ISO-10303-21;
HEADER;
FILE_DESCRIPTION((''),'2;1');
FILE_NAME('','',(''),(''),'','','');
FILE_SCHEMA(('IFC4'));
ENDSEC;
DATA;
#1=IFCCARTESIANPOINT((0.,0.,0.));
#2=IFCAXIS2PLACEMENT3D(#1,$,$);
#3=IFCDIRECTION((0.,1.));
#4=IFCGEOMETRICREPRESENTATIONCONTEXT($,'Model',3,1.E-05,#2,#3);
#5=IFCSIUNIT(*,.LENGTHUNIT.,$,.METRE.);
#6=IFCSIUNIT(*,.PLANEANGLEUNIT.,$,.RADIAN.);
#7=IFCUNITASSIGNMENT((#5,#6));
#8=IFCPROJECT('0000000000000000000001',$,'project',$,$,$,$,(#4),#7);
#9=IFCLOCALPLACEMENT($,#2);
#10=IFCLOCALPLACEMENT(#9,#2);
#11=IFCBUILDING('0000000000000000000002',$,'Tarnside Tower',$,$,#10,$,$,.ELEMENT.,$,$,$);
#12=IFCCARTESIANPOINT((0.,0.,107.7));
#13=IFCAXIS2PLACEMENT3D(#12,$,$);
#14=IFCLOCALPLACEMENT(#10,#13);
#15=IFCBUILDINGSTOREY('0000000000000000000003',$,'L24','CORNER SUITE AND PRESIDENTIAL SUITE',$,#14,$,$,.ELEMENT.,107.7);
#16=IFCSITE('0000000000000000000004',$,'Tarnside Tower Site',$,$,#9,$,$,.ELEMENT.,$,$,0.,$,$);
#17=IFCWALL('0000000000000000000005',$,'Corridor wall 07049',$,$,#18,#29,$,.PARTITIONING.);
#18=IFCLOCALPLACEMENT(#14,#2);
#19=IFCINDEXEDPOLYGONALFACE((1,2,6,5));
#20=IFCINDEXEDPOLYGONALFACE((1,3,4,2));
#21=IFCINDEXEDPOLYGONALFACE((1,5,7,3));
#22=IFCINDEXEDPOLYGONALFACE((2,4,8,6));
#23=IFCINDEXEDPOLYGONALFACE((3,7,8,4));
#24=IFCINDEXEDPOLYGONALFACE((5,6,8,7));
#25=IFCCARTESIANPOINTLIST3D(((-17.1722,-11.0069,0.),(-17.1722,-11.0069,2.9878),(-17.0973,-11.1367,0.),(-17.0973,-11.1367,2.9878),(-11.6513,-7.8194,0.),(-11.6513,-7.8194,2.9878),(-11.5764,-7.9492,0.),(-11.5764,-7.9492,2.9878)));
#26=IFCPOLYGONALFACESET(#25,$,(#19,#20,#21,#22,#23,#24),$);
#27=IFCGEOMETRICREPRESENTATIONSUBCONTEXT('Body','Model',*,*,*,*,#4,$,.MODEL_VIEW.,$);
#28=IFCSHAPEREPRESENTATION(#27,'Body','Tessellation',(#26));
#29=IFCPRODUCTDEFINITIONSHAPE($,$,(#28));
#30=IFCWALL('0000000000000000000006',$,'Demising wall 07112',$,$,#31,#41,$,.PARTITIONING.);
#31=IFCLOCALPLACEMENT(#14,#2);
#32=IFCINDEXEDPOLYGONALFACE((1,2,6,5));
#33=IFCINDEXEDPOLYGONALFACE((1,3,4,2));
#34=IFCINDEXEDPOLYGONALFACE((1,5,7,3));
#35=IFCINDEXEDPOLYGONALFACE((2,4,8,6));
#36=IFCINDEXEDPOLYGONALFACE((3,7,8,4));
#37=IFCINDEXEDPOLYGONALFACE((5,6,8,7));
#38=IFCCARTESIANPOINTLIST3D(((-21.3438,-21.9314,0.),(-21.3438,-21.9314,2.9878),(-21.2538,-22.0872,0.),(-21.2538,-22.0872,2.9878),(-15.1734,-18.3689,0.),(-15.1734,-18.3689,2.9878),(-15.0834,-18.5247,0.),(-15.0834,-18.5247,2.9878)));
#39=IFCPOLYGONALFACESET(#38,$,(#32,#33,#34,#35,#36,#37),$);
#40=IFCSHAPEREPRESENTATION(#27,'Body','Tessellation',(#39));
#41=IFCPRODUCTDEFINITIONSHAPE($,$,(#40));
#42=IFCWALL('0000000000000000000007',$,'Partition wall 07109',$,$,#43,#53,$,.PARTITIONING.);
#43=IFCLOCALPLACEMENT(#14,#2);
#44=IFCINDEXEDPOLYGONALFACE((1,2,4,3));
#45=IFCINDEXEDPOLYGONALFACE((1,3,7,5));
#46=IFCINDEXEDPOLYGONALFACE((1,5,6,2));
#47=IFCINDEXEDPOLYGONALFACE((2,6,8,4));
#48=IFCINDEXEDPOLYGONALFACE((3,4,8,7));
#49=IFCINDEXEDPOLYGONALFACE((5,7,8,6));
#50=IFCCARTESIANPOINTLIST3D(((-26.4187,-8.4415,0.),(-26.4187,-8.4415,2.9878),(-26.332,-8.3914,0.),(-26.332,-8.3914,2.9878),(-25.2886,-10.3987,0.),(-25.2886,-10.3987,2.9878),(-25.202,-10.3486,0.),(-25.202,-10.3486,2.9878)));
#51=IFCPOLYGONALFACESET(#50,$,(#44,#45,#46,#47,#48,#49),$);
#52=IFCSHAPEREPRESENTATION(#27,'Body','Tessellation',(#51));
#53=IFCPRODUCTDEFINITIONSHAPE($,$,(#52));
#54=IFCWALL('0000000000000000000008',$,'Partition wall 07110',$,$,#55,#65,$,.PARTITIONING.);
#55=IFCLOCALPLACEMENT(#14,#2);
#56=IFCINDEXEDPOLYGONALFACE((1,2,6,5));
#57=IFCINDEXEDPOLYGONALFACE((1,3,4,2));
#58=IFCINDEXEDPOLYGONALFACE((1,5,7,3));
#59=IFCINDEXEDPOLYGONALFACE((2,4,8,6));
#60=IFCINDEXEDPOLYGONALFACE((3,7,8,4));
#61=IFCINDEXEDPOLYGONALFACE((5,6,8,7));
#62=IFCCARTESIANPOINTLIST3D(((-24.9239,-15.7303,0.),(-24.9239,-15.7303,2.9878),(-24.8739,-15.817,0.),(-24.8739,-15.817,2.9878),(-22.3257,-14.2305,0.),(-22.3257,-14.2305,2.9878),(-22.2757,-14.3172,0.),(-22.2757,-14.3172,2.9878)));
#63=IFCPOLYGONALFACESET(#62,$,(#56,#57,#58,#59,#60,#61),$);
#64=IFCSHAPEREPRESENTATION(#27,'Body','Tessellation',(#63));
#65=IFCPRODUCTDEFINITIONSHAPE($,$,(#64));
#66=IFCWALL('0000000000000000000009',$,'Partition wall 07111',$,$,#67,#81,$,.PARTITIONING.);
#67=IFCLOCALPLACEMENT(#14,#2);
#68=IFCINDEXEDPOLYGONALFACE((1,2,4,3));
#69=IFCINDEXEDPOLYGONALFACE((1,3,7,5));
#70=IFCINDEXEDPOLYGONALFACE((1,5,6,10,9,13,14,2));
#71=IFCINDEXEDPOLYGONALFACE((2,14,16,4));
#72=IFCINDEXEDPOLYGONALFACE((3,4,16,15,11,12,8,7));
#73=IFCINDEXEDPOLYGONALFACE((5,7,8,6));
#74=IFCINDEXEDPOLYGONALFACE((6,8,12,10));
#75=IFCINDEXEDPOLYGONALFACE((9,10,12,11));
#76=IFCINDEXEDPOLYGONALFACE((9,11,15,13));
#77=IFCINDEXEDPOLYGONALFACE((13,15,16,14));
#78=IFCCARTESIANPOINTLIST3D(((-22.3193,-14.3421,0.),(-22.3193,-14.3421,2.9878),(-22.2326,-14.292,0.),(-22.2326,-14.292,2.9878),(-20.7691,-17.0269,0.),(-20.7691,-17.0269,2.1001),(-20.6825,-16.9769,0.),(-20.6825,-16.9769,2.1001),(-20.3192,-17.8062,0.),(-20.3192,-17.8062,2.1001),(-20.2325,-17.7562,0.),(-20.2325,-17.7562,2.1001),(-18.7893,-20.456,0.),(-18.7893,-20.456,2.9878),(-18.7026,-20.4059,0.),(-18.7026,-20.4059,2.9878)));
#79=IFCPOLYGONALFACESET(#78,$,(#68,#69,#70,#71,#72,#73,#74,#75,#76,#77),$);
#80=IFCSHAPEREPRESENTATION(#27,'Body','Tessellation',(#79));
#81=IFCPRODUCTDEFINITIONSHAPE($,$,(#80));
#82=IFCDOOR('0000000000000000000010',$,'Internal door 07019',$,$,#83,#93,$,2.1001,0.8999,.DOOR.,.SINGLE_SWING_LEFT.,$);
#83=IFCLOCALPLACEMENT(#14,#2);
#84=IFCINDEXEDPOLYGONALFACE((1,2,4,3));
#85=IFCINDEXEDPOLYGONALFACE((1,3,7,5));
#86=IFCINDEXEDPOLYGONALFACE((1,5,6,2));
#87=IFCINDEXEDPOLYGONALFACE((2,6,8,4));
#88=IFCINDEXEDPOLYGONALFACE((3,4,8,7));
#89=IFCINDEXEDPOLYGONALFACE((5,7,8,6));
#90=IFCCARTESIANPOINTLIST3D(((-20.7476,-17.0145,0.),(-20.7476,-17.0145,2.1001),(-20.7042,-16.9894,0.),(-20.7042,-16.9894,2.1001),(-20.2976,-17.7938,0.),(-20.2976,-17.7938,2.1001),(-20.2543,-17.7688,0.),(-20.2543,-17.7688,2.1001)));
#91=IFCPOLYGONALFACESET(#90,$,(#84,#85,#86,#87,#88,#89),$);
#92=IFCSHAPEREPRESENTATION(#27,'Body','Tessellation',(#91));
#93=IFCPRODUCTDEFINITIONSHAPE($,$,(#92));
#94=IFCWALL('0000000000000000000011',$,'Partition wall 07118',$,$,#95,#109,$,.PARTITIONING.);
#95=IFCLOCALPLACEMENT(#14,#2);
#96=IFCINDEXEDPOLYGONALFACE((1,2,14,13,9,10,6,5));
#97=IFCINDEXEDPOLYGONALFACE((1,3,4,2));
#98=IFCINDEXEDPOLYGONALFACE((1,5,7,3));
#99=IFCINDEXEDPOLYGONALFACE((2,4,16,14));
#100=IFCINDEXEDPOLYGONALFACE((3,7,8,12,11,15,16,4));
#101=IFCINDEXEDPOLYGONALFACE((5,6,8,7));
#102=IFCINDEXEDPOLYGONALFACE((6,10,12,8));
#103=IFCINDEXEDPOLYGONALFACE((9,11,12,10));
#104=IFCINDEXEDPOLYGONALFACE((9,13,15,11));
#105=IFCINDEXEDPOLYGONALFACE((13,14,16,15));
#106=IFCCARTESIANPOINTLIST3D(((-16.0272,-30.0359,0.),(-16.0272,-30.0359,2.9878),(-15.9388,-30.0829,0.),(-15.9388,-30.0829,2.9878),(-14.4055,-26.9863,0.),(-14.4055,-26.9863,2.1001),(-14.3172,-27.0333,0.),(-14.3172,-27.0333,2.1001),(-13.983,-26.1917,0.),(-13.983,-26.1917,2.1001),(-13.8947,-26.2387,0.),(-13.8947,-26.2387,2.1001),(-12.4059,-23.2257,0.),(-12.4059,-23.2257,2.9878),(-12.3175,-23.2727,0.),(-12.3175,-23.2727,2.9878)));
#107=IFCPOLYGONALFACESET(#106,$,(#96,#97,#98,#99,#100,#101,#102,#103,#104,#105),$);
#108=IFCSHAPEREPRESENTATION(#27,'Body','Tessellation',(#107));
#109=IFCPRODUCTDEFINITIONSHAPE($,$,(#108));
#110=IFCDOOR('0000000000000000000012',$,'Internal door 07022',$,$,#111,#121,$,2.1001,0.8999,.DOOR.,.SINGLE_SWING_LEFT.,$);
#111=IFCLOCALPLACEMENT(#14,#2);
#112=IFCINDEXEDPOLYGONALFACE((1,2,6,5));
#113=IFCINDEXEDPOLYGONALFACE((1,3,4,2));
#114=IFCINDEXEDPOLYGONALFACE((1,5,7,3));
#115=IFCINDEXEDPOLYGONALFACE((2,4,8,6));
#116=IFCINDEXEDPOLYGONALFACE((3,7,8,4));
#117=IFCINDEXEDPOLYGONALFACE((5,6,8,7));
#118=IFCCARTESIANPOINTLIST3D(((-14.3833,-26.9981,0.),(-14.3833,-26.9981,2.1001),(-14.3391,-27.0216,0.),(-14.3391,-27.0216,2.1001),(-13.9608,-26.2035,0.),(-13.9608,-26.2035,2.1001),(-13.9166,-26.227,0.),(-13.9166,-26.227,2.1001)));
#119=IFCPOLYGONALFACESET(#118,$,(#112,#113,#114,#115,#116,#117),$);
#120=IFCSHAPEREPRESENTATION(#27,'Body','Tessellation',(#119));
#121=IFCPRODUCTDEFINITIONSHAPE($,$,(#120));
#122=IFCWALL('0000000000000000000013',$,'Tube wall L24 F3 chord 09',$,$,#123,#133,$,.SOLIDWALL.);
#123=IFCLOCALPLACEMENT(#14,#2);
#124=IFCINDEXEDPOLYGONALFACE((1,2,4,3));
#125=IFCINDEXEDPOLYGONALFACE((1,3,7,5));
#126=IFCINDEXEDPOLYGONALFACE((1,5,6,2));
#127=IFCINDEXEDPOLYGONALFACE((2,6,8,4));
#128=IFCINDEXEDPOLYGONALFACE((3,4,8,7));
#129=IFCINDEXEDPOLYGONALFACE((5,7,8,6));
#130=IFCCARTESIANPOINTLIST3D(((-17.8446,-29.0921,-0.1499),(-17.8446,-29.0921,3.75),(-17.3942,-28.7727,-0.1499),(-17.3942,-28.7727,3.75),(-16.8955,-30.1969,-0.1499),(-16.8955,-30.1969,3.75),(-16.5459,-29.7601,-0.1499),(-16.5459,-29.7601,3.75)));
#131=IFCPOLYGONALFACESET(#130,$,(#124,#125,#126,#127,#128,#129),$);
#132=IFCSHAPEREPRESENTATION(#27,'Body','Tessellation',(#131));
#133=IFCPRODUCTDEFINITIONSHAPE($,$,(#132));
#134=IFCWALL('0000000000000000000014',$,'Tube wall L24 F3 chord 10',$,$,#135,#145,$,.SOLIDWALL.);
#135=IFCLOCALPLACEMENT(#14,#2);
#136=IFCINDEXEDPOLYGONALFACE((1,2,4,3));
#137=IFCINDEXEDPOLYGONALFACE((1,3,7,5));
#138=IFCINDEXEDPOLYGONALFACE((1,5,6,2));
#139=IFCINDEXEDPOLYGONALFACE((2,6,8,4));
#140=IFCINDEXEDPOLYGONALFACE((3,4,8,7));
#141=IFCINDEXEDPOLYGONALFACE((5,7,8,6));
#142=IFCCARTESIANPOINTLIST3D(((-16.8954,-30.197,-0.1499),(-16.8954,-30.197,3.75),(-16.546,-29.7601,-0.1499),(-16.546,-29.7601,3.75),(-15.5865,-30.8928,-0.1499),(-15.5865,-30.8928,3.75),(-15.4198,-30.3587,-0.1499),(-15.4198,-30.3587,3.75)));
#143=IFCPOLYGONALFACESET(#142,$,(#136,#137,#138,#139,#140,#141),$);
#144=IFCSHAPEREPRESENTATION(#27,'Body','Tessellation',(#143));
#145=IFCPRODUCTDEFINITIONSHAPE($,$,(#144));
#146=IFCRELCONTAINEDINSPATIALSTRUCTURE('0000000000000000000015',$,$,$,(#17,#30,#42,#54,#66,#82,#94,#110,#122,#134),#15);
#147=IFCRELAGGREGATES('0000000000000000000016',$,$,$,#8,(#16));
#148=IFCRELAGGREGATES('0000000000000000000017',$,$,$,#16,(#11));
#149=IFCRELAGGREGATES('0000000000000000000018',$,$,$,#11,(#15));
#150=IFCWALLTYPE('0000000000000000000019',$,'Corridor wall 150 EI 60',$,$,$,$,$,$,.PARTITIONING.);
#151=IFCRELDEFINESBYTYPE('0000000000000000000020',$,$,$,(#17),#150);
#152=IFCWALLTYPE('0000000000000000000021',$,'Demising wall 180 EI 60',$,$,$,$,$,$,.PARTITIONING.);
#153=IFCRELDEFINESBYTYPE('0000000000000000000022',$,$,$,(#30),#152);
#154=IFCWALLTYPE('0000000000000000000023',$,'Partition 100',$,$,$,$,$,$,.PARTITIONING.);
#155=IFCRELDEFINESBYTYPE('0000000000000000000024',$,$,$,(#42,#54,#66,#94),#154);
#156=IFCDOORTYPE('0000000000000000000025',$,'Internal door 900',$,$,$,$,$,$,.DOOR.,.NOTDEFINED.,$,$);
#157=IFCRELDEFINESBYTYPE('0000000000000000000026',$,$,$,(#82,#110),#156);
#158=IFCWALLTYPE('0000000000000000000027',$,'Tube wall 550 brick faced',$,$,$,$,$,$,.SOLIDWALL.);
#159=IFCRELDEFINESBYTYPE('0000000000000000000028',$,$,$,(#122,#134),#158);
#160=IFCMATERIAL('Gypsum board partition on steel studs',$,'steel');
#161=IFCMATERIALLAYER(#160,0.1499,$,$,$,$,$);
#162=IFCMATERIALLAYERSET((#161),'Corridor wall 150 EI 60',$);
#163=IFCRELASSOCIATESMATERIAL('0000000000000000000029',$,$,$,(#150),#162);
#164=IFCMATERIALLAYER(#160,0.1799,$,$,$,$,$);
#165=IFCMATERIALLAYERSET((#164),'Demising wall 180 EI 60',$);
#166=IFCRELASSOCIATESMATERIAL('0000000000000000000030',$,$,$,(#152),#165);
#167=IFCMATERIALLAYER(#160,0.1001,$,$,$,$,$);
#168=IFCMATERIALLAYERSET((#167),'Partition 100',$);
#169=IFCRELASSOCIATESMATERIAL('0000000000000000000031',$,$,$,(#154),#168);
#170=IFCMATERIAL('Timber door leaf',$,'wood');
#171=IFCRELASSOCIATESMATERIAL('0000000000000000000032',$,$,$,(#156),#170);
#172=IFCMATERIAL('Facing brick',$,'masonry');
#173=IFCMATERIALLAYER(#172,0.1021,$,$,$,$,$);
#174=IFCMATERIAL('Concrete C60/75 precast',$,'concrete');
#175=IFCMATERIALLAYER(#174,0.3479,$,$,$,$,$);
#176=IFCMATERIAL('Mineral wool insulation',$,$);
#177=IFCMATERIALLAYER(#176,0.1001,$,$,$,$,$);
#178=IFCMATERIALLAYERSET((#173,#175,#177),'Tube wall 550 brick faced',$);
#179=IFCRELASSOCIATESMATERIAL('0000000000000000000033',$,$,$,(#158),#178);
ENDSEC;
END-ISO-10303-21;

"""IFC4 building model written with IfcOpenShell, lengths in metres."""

from ifc_helpers import new_model, si_unit, direction, frame, frame_2d, origin, place, context, subcontext, project, spatial, polyline, rectangle, outline, extrude, material, layer, layer_set, type_object, element, fill, save


model = new_model("IFC4")

# Units and contexts
model_context = context("Model", 3, precision=1e-05, world=origin(), true_north=direction((0.0, 1.0)))
body_context = subcontext(model_context, "Body", "Model", "MODEL_VIEW")
ifc_project = project(units=[si_unit("LENGTHUNIT", "METRE"), si_unit("PLANEANGLEUNIT", "RADIAN")], contexts=[model_context])

# Site, building, storey
site_placement = place(None, origin())
site = spatial("IfcSite", under=ifc_project, at=site_placement, Name="Tarnside Tower Site", CompositionType="ELEMENT", RefElevation=0.0)
building_placement = place(site_placement, origin())
building = spatial("IfcBuilding", under=site, at=building_placement, Name="Tarnside Tower", CompositionType="ELEMENT")
storey_placement = place(building_placement, frame((0.0, 0.0, 107.7)))
storey = spatial("IfcBuildingStorey", under=building, at=storey_placement, Name="L24", Description="CORNER SUITE AND PRESIDENTIAL SUITE", CompositionType="ELEMENT", Elevation=107.7)

# Walls
ifc_material_1 = material(Name="Gypsum board partition on steel studs", Category="steel")
ifc_layer_1 = layer(ifc_material_1, 0.1499)
ifc_layer_set_1 = layer_set([ifc_layer_1], Name="Corridor wall 150 EI 60")
wall_type_1 = type_object("IfcWallType", Name="Corridor wall 150 EI 60", PredefinedType="PARTITIONING", material=ifc_layer_set_1)
wall_1_placement = place(storey_placement, frame((-17.1348, -11.0718, 0.0), z_axis=(0.0, 0.0, 1.0), x_axis=(0.866029, 0.499994, 0.0)))
element("IfcWall", 1, at=wall_1_placement, inside=storey, type_object=wall_type_1, Name="Corridor wall 07049", PredefinedType="PARTITIONING", context=body_context, shape_type="SweptSolid", body=[
    extrude(rectangle(XDim=6.375, YDim=0.1499, at=frame_2d((3.1875, 0.0))), origin(), (0.0, 0.0, 1.0), 2.9878),
])
ifc_layer_2 = layer(ifc_material_1, 0.1799)
ifc_layer_set_2 = layer_set([ifc_layer_2], Name="Demising wall 180 EI 60")
wall_type_2 = type_object("IfcWallType", Name="Demising wall 180 EI 60", PredefinedType="PARTITIONING", material=ifc_layer_set_2)
wall_2_placement = place(storey_placement, frame((-21.2988, -22.0093, 0.0), z_axis=(0.0, 0.0, 1.0), x_axis=(0.866025, 0.500001, 0.0)))
element("IfcWall", 2, at=wall_2_placement, inside=storey, type_object=wall_type_2, Name="Demising wall 07112", PredefinedType="PARTITIONING", context=body_context, shape_type="SweptSolid", body=[
    extrude(rectangle(XDim=7.125, YDim=0.1799, at=frame_2d((3.5625, 0.0))), origin(), (0.0, 0.0, 1.0), 2.9878),
])
ifc_layer_3 = layer(ifc_material_1, 0.1001)
ifc_layer_set_3 = layer_set([ifc_layer_3], Name="Partition 100")
wall_type_3 = type_object("IfcWallType", Name="Partition 100", PredefinedType="PARTITIONING", material=ifc_layer_set_3)
wall_3_placement = place(storey_placement, frame((-25.2454, -10.3735, 0.0), z_axis=(0.0, 0.0, 1.0), x_axis=(-0.500031, 0.866007, 0.0)))
element("IfcWall", 3, at=wall_3_placement, inside=storey, type_object=wall_type_3, Name="Partition wall 07109", PredefinedType="PARTITIONING", context=body_context, shape_type="SweptSolid", body=[
    extrude(rectangle(XDim=2.26, YDim=0.1001, at=frame_2d((1.1299, 0.0))), origin(), (0.0, 0.0, 1.0), 2.9878),
])
wall_4_placement = place(storey_placement, frame((-24.8989, -15.7737, 0.0), z_axis=(0.0, 0.0, 1.0), x_axis=(0.866066, 0.499929, 0.0)))
element("IfcWall", 4, at=wall_4_placement, inside=storey, type_object=wall_type_3, Name="Partition wall 07110", PredefinedType="PARTITIONING", context=body_context, shape_type="SweptSolid", body=[
    extrude(rectangle(XDim=3.0, YDim=0.1001, at=frame_2d((1.5, 0.0))), origin(), (0.0, 0.0, 1.0), 2.9878),
])

# Walls, openings, doors
wall_5_placement = place(storey_placement, frame((-22.2759, -14.3171, 0.0), z_axis=(0.0, 0.0, 1.0), x_axis=(0.500011, -0.866019, 0.0)))
wall_5 = element("IfcWall", 5, at=wall_5_placement, inside=storey, type_object=wall_type_3, Name="Partition wall 07111", PredefinedType="PARTITIONING", context=body_context, shape_type="SweptSolid", body=[
    extrude(rectangle(XDim=7.0598, YDim=0.1001, at=frame_2d((3.5298, 0.0))), origin(), (0.0, 0.0, 1.0), 2.9878),
])
opening_1_placement = place(wall_5_placement, frame((3.1001, 0.0, 0.0)))
opening_1 = element("IfcOpeningElement", 6, at=opening_1_placement, cuts=wall_5, PredefinedType="OPENING", context=body_context, shape_type="SweptSolid", body=[
    extrude(rectangle(XDim=0.8999, YDim=2.1001, at=frame_2d((0.45, 1.05))), frame((0.0, 0.0601, 0.0), z_axis=(0.0, -1.0, 0.0), x_axis=(1.0, 0.0, 0.0)), (0.0, 0.0, 1.0), 0.1201),
])
ifc_material_2 = material(Name="Timber door leaf", Category="wood")
door_type = type_object("IfcDoorType", Name="Internal door 900", OperationType="NOTDEFINED", PredefinedType="DOOR", material=ifc_material_2)
door_1_placement = place(opening_1_placement, origin())
door_1 = element("IfcDoor", 7, at=door_1_placement, inside=storey, type_object=door_type, Name="Internal door 07019", OperationType="SINGLE_SWING_LEFT", OverallHeight=2.1001, OverallWidth=0.8999, PredefinedType="DOOR", context=body_context, shape_type="SweptSolid", body=[
    extrude(rectangle(XDim=0.8999, YDim=2.1001, at=frame_2d((0.45, 1.05))), frame((0.0, 0.0249, 0.0), z_axis=(0.0, -1.0, 0.0), x_axis=(1.0, 0.0, 0.0)), (0.0, 0.0, 1.0), 0.05),
])
fill(opening_1, door_1)
wall_6_placement = place(storey_placement, frame((-15.9829, -30.0593, 0.0), z_axis=(0.0, 0.0, 1.0), x_axis=(0.469495, 0.882935, 0.0)))
wall_6 = element("IfcWall", 8, at=wall_6_placement, inside=storey, type_object=wall_type_3, Name="Partition wall 07118", PredefinedType="PARTITIONING", context=body_context, shape_type="SweptSolid", body=[
    extrude(rectangle(XDim=7.7131, YDim=0.1001, at=frame_2d((3.8564, 0.0))), origin(), (0.0, 0.0, 1.0), 2.9878),
])
opening_2_placement = place(wall_6_placement, frame((3.4539, 0.0, 0.0)))
opening_2 = element("IfcOpeningElement", 9, at=opening_2_placement, cuts=wall_6, PredefinedType="OPENING", context=body_context, shape_type="SweptSolid", body=[
    extrude(rectangle(XDim=0.8999, YDim=2.1001, at=frame_2d((0.45, 1.05))), frame((0.0, 0.0601, 0.0), z_axis=(0.0, -1.0, 0.0), x_axis=(1.0, 0.0, 0.0)), (0.0, 0.0, 1.0), 0.1201),
])
door_2_placement = place(opening_2_placement, origin())
door_2 = element("IfcDoor", 10, at=door_2_placement, inside=storey, type_object=door_type, Name="Internal door 07022", OperationType="SINGLE_SWING_LEFT", OverallHeight=2.1001, OverallWidth=0.8999, PredefinedType="DOOR", context=body_context, shape_type="SweptSolid", body=[
    extrude(rectangle(XDim=0.8999, YDim=2.1001, at=frame_2d((0.45, 1.05))), frame((0.0, 0.0249, 0.0), z_axis=(0.0, -1.0, 0.0), x_axis=(1.0, 0.0, 0.0)), (0.0, 0.0, 1.0), 0.05),
])
fill(opening_2, door_2)

# Walls
ifc_material_3 = material(Name="Facing brick", Category="masonry")
ifc_layer_4 = layer(ifc_material_3, 0.1021)
ifc_material_4 = material(Name="Concrete C60/75 precast", Category="concrete")
ifc_layer_5 = layer(ifc_material_4, 0.3479)
ifc_material_5 = material(Name="Mineral wool insulation")
ifc_layer_6 = layer(ifc_material_5, 0.1001)
ifc_layer_set_4 = layer_set([ifc_layer_4, ifc_layer_5, ifc_layer_6], Name="Tube wall 550 brick faced")
wall_type_4 = type_object("IfcWallType", Name="Tube wall 550 brick faced", PredefinedType="SOLIDWALL", material=ifc_layer_set_4)
wall_7_placement = place(storey_placement, frame((-17.6194, -28.9324, -0.1499), z_axis=(0.0, 0.0, 1.0), x_axis=(0.651622, -0.758544, 0.0)))
element("IfcWall", 11, at=wall_7_placement, inside=storey, type_object=wall_type_4, Name="Tube wall L24 F3 chord 09", PredefinedType="SOLIDWALL", context=body_context, shape_type="SweptSolid", body=[
    extrude(outline(polyline([(-0.0256, -0.2749), (1.4309, -0.2749), (1.3274, 0.2749), (0.0256, 0.2749), (-0.0256, -0.2749)])), origin(), (0.0, 0.0, 1.0), 3.8999),
])
wall_8_placement = place(storey_placement, frame((-16.7207, -29.9785, -0.1499), z_axis=(0.0, 0.0, 1.0), x_axis=(0.882994, -0.469384, 0.0)))
element("IfcWall", 12, at=wall_8_placement, inside=storey, type_object=wall_type_4, Name="Tube wall L24 F3 chord 10", PredefinedType="SOLIDWALL", context=body_context, shape_type="SweptSolid", body=[
    extrude(outline(polyline([(-0.0518, -0.2749), (1.4307, -0.2749), (1.3271, 0.2749), (0.0518, 0.2749), (-0.0518, -0.2749)])), origin(), (0.0, 0.0, 1.0), 3.8999),
])

save(model, "model.ifc")
